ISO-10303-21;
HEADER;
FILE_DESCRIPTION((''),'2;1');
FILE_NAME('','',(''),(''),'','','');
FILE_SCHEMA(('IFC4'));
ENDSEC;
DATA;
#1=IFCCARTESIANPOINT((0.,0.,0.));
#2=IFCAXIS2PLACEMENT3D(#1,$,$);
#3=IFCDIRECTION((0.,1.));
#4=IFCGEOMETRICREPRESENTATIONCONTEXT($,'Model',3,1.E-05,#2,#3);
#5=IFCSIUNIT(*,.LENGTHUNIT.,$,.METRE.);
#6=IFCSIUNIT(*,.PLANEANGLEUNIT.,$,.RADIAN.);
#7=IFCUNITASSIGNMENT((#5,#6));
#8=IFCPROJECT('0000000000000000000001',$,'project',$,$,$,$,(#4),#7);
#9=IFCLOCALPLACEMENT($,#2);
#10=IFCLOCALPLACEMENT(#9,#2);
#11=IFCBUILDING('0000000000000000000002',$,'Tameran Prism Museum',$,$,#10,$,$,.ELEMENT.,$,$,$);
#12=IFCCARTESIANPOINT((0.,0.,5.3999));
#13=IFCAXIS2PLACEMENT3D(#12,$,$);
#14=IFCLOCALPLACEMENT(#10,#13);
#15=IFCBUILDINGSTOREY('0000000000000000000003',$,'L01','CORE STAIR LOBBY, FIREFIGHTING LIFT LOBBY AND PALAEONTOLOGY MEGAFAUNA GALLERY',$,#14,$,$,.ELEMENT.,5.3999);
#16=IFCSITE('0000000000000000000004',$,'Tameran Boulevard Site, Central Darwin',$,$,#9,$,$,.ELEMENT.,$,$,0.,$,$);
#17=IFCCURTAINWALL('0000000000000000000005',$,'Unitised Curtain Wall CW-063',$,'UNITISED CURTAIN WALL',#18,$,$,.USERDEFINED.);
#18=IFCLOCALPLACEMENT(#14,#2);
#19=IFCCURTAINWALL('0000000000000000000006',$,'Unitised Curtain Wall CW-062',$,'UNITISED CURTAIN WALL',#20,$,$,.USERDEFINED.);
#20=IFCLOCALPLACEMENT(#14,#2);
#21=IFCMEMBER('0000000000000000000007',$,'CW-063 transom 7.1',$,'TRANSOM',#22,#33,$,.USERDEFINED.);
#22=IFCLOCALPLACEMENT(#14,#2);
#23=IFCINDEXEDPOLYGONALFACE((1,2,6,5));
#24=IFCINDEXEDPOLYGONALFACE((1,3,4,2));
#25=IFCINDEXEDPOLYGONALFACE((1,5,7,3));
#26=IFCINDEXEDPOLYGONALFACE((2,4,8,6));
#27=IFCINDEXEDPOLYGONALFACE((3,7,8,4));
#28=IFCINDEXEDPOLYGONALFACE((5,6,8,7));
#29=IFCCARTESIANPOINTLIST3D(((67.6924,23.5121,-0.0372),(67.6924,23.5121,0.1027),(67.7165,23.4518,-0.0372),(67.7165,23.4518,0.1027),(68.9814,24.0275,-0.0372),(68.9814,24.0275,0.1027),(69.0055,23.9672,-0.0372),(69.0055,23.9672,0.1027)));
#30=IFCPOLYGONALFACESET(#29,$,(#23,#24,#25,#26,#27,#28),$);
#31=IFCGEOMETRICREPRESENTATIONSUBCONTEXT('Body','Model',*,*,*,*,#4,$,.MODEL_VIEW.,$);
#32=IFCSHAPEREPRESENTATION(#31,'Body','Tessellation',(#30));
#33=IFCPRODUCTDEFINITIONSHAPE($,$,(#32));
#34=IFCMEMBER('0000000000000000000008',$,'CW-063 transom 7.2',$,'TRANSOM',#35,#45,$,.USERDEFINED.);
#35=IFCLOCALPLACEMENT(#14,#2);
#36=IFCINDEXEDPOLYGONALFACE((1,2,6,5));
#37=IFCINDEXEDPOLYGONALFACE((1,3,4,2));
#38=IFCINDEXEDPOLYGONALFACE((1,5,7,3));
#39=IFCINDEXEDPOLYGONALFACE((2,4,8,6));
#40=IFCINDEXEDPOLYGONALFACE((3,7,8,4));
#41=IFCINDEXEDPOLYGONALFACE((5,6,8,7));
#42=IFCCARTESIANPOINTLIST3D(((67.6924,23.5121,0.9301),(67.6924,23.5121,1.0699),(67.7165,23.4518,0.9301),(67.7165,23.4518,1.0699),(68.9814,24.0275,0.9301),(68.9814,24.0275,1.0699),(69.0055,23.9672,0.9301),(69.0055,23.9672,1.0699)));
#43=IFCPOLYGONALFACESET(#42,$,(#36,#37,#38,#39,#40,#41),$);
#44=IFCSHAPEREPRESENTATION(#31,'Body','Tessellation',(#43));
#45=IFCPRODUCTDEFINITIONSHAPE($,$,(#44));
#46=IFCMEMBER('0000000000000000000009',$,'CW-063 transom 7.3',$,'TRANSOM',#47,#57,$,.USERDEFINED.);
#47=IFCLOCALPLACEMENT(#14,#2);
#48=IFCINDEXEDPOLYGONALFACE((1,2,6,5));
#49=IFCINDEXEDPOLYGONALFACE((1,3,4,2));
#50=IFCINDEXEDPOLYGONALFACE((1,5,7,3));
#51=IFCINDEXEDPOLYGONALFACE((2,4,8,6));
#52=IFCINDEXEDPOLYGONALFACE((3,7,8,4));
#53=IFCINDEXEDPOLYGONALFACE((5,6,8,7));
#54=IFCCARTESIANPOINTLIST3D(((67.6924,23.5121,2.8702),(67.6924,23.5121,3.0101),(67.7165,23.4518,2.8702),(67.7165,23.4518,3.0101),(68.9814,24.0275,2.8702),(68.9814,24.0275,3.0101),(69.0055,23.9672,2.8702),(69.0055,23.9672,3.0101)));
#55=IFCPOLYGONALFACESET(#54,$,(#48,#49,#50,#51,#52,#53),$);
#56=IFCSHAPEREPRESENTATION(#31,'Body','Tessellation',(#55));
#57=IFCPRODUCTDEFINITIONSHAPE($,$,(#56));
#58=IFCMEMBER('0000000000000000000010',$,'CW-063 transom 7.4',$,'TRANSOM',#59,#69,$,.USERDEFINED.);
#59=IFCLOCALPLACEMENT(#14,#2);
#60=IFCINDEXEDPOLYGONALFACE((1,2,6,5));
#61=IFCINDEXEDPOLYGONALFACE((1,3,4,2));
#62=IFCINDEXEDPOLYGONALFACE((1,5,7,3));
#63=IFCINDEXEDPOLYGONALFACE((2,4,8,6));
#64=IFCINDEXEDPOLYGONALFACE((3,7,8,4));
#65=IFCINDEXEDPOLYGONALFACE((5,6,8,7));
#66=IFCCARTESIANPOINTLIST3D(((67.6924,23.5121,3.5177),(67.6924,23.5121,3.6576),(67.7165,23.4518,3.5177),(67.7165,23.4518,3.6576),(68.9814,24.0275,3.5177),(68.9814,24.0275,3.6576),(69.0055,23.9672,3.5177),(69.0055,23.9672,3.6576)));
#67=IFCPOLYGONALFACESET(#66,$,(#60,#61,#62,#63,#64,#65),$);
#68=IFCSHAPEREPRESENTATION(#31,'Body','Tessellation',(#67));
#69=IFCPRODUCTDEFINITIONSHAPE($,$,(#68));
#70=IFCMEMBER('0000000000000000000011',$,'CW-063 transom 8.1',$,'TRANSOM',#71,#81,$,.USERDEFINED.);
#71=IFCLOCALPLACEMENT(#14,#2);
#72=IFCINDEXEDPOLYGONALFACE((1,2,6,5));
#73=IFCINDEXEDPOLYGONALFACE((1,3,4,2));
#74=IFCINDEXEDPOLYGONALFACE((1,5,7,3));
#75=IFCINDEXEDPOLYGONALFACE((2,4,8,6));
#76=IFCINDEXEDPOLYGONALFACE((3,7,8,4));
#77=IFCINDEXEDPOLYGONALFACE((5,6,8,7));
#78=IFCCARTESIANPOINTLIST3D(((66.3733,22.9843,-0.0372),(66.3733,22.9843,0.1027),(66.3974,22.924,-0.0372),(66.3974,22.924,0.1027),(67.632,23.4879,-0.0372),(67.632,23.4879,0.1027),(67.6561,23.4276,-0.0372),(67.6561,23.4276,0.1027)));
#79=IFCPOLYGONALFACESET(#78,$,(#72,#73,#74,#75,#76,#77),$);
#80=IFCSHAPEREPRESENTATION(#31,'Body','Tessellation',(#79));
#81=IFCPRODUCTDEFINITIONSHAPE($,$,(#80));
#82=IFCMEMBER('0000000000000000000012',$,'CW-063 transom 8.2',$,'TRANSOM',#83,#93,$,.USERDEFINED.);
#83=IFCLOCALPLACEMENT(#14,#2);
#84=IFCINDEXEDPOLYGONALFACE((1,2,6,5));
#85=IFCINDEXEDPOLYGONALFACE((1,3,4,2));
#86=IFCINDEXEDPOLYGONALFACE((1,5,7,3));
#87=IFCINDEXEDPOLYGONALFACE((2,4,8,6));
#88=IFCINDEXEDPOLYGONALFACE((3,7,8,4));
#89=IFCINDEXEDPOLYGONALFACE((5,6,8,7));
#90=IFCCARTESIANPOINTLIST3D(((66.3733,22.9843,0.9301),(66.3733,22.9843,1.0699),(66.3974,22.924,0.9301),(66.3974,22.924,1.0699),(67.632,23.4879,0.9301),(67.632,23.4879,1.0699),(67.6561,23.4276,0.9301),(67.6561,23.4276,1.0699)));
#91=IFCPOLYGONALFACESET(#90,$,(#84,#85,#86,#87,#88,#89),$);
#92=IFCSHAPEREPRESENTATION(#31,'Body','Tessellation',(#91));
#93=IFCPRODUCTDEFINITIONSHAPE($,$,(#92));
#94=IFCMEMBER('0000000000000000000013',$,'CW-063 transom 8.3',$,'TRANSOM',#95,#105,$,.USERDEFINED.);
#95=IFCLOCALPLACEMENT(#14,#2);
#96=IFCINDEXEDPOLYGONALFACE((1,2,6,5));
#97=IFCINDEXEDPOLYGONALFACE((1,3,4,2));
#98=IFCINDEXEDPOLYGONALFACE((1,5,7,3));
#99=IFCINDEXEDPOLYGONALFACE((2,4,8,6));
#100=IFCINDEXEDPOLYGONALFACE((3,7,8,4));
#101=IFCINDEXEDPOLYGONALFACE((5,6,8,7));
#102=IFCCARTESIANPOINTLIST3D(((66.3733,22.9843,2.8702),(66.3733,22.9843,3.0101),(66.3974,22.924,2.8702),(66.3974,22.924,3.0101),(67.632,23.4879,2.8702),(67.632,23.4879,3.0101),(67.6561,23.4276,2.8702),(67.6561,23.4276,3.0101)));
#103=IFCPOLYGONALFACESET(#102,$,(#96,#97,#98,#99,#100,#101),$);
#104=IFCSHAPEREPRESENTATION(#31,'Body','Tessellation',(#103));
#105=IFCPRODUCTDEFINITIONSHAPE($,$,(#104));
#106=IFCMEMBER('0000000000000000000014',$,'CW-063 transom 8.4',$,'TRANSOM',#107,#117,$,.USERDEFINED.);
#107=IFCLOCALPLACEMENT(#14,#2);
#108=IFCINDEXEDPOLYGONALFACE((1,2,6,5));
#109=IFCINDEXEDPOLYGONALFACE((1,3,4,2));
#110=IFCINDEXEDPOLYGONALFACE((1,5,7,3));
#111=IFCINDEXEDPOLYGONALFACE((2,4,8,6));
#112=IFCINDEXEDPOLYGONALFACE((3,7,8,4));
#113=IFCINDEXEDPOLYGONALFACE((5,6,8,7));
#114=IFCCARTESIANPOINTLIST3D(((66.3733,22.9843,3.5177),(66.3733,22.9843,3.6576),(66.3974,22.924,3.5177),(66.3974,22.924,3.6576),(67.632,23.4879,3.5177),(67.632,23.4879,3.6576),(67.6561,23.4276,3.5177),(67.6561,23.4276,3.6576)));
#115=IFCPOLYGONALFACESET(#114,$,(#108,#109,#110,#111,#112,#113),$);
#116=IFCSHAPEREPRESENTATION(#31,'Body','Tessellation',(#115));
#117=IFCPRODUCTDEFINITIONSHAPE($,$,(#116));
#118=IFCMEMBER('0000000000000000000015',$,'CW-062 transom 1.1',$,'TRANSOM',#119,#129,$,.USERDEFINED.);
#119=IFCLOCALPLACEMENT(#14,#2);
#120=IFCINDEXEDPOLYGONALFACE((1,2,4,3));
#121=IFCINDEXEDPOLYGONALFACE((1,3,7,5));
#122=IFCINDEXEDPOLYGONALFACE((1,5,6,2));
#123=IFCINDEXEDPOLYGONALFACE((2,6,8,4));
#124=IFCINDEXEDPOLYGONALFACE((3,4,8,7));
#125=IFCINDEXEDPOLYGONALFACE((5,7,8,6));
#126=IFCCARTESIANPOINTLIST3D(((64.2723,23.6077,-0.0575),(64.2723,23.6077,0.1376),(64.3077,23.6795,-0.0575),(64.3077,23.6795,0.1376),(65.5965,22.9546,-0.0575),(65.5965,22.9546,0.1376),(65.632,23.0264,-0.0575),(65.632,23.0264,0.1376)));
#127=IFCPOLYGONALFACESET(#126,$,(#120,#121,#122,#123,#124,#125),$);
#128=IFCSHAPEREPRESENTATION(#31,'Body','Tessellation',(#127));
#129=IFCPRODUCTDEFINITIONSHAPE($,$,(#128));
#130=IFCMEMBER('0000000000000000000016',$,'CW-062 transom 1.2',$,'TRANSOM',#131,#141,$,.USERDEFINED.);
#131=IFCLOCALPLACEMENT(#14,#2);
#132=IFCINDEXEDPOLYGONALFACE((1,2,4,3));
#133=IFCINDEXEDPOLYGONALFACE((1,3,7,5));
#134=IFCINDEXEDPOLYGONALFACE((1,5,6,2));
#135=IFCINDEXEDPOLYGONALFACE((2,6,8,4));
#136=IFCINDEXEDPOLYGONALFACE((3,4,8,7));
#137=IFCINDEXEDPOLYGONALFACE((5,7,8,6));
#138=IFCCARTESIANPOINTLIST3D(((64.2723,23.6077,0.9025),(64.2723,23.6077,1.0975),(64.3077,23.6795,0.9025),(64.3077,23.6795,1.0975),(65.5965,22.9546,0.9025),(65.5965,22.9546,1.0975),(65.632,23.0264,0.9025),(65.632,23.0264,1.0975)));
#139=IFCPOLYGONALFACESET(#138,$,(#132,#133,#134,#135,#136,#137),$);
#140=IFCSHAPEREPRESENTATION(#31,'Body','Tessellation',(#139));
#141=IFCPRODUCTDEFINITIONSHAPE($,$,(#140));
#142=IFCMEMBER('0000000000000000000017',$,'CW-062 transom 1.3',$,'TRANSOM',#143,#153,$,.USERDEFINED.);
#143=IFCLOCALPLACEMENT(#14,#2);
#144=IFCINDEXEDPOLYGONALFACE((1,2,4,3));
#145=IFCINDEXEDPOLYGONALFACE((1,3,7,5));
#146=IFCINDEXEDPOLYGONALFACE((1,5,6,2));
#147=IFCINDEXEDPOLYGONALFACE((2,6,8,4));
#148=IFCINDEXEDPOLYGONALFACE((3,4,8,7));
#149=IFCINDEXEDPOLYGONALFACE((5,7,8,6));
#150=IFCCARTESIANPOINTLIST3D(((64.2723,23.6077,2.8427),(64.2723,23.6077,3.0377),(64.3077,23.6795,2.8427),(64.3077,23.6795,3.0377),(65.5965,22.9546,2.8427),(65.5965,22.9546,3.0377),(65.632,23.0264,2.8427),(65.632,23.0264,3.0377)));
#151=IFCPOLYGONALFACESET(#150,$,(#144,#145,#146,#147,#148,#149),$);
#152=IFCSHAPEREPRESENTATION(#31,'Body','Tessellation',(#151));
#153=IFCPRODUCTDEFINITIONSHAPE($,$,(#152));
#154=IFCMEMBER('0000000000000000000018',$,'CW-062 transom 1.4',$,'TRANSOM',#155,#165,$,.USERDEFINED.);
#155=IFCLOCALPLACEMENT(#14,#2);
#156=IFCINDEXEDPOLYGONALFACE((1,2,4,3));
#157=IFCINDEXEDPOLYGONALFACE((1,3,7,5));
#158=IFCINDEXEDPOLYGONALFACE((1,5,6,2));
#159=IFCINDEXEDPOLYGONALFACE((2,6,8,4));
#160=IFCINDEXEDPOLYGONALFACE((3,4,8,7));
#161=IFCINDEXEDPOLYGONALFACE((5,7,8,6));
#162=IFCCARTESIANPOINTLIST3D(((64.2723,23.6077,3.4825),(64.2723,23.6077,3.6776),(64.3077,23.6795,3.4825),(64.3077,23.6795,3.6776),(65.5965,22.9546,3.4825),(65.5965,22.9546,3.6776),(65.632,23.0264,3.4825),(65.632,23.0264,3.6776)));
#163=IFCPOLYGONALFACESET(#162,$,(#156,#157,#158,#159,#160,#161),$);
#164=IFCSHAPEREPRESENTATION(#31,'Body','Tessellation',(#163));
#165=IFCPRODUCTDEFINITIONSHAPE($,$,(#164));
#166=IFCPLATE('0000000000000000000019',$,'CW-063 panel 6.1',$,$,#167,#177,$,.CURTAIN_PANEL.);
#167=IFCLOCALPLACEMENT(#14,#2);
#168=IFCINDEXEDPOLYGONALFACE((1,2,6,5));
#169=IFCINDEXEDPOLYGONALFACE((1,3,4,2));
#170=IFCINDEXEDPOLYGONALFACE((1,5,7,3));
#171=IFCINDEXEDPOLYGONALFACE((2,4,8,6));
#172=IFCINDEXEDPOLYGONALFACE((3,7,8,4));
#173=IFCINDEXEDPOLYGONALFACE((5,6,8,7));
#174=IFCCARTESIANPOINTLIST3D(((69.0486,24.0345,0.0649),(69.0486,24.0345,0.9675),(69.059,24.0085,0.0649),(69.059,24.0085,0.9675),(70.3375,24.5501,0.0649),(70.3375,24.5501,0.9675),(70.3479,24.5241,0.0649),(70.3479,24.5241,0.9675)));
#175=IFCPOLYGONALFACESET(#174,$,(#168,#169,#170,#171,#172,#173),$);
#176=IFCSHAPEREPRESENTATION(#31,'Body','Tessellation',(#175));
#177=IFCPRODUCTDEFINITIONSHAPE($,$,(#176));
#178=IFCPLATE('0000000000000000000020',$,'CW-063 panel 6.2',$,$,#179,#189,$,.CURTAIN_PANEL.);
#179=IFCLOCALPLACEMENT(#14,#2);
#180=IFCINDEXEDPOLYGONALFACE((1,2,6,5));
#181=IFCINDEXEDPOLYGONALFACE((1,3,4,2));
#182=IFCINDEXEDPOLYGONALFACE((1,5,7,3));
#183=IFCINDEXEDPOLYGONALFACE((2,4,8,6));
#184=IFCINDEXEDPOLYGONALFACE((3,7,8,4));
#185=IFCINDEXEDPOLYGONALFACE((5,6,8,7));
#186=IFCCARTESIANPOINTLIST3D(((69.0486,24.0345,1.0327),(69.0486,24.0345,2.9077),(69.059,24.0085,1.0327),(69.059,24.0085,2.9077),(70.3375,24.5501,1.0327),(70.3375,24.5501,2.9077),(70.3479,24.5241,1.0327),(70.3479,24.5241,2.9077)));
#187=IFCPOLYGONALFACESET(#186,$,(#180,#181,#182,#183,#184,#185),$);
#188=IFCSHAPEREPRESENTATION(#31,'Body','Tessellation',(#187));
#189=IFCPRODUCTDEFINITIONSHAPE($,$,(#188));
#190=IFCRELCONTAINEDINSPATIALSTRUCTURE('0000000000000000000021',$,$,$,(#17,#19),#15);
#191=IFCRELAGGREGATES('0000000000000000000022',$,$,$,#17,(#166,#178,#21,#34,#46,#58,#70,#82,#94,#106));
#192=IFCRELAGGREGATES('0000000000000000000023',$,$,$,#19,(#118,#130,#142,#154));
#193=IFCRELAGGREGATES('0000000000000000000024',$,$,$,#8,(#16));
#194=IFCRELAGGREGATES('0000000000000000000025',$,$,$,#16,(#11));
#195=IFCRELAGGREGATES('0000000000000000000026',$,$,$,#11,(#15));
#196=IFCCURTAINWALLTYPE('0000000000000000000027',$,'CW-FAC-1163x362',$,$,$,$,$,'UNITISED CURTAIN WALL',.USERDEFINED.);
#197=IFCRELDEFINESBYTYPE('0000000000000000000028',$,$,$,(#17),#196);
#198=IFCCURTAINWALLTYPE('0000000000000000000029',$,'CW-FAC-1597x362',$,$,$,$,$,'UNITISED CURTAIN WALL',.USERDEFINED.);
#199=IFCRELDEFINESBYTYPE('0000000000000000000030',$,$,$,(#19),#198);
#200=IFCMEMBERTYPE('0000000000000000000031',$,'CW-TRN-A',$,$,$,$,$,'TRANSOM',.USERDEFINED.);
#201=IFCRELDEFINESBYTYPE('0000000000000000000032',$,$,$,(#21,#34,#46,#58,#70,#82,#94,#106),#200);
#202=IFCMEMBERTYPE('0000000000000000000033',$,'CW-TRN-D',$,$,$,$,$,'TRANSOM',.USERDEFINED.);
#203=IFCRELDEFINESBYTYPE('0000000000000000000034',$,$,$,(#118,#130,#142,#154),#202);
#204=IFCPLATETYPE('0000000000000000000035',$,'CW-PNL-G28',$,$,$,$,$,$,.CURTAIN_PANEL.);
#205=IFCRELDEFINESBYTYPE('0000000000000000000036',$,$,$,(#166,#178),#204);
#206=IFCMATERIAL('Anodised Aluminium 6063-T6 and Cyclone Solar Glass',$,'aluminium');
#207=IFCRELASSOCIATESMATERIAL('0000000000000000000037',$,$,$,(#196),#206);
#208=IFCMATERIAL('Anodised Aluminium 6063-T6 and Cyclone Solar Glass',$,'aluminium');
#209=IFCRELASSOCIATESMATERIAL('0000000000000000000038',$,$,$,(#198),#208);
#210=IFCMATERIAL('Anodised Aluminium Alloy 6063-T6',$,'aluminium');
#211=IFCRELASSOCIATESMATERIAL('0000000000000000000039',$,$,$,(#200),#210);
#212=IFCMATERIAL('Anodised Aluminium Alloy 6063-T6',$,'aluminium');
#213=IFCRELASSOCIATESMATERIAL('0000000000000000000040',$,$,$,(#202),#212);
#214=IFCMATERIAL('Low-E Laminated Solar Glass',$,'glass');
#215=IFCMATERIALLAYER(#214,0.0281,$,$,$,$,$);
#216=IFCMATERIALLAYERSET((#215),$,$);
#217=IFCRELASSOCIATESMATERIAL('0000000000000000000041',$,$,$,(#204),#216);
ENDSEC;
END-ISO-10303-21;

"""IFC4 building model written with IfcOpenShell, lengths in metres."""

from ifc_helpers import new_model, si_unit, direction, frame, origin, origin_2d, place, context, subcontext, project, spatial, rectangle, extrude, material, layer, layer_set, material_profile, profile_set, type_object, element, aggregate, save


model = new_model("IFC4")

# Units and contexts
model_context = context("Model", 3, precision=1e-05, world=origin(), true_north=direction((0.0, 1.0)))
body_context = subcontext(model_context, "Body", "Model", "MODEL_VIEW")
ifc_project = project(units=[si_unit("LENGTHUNIT", "METRE"), si_unit("PLANEANGLEUNIT", "RADIAN")], contexts=[model_context])

# Site, building, storey
site_placement = place(None, origin())
site = spatial("IfcSite", under=ifc_project, at=site_placement, Name="Tameran Boulevard Site, Central Darwin", CompositionType="ELEMENT", RefElevation=0.0)
building_placement = place(site_placement, origin())
building = spatial("IfcBuilding", under=site, at=building_placement, Name="Tameran Prism Museum", CompositionType="ELEMENT")
storey_placement = place(building_placement, frame((0.0, 0.0, 5.3999)))
storey = spatial("IfcBuildingStorey", under=building, at=storey_placement, Name="L01", Description="CORE STAIR LOBBY, FIREFIGHTING LIFT LOBBY AND PALAEONTOLOGY MEGAFAUNA GALLERY", CompositionType="ELEMENT", Elevation=5.3999)

# Curtain walls
ifc_material_1 = material(Name="Anodised Aluminium 6063-T6 and Cyclone Solar Glass", Category="aluminium")
curtain_wall_type_1 = type_object("IfcCurtainWallType", Name="CW-FAC-1163x362", ElementType="UNITISED CURTAIN WALL", PredefinedType="USERDEFINED", material=ifc_material_1)
curtain_wall_1_placement = place(storey_placement, origin())
curtain_wall_1 = element("IfcCurtainWall", 1, at=curtain_wall_1_placement, inside=storey, type_object=curtain_wall_type_1, Name="Unitised Curtain Wall CW-063", ObjectType="UNITISED CURTAIN WALL", PredefinedType="USERDEFINED")
ifc_material_2 = material(Name="Anodised Aluminium 6063-T6 and Cyclone Solar Glass", Category="aluminium")
curtain_wall_type_2 = type_object("IfcCurtainWallType", Name="CW-FAC-1597x362", ElementType="UNITISED CURTAIN WALL", PredefinedType="USERDEFINED", material=ifc_material_2)
curtain_wall_2_placement = place(storey_placement, origin())
curtain_wall_2 = element("IfcCurtainWall", 2, at=curtain_wall_2_placement, inside=storey, type_object=curtain_wall_type_2, Name="Unitised Curtain Wall CW-062", ObjectType="UNITISED CURTAIN WALL", PredefinedType="USERDEFINED")

# Members
ifc_material_3 = material(Name="Anodised Aluminium Alloy 6063-T6", Category="aluminium")
ifc_material_profile_1 = material_profile(ifc_material_3, rectangle(XDim=0.0649, YDim=0.1399, at=origin_2d()))
ifc_profile_set_1 = profile_set([ifc_material_profile_1])
member_type_1 = type_object("IfcMemberType", Name="CW-TRN-A", ElementType="TRANSOM", PredefinedType="USERDEFINED", material=ifc_profile_set_1)
member_1_placement = place(storey_placement, frame((68.9934, 23.9973, 0.0327), z_axis=(-0.928537, -0.371239, 0.0), x_axis=(0.371239, -0.928537, 0.0)))
member_1 = element("IfcMember", 3, at=member_1_placement, type_object=member_type_1, Name="CW-063 transom 7.1", ObjectType="TRANSOM", PredefinedType="USERDEFINED", context=body_context, shape_type="SweptSolid", body=[
    extrude(rectangle(XDim=0.0649, YDim=0.1399, at=origin_2d()), origin(), (0.0, 0.0, 1.0), 1.3882),
])
member_2_placement = place(storey_placement, frame((68.9934, 23.9973, 1.0), z_axis=(-0.928537, -0.371239, 0.0), x_axis=(0.371239, -0.928537, 0.0)))
member_2 = element("IfcMember", 4, at=member_2_placement, type_object=member_type_1, Name="CW-063 transom 7.2", ObjectType="TRANSOM", PredefinedType="USERDEFINED", context=body_context, shape_type="SweptSolid", body=[
    extrude(rectangle(XDim=0.0649, YDim=0.1399, at=origin_2d()), origin(), (0.0, 0.0, 1.0), 1.3882),
])
member_3_placement = place(storey_placement, frame((68.9934, 23.9973, 2.9402), z_axis=(-0.928537, -0.371239, 0.0), x_axis=(0.371239, -0.928537, 0.0)))
member_3 = element("IfcMember", 5, at=member_3_placement, type_object=member_type_1, Name="CW-063 transom 7.3", ObjectType="TRANSOM", PredefinedType="USERDEFINED", context=body_context, shape_type="SweptSolid", body=[
    extrude(rectangle(XDim=0.0649, YDim=0.1399, at=origin_2d()), origin(), (0.0, 0.0, 1.0), 1.3882),
])
member_4_placement = place(storey_placement, frame((68.9934, 23.9973, 3.5876), z_axis=(-0.928537, -0.371239, 0.0), x_axis=(0.371239, -0.928537, 0.0)))
member_4 = element("IfcMember", 6, at=member_4_placement, type_object=member_type_1, Name="CW-063 transom 7.4", ObjectType="TRANSOM", PredefinedType="USERDEFINED", context=body_context, shape_type="SweptSolid", body=[
    extrude(rectangle(XDim=0.0649, YDim=0.1399, at=origin_2d()), origin(), (0.0, 0.0, 1.0), 1.3882),
])
member_5_placement = place(storey_placement, frame((67.644, 23.4578, 0.0327), z_axis=(-0.928439, -0.371484, 0.0), x_axis=(0.371484, -0.928439, 0.0)))
member_5 = element("IfcMember", 7, at=member_5_placement, type_object=member_type_1, Name="CW-063 transom 8.1", ObjectType="TRANSOM", PredefinedType="USERDEFINED", context=body_context, shape_type="SweptSolid", body=[
    extrude(rectangle(XDim=0.0649, YDim=0.1399, at=origin_2d()), origin(), (0.0, 0.0, 1.0), 1.3557),
])
member_6_placement = place(storey_placement, frame((67.644, 23.4578, 1.0), z_axis=(-0.928439, -0.371484, 0.0), x_axis=(0.371484, -0.928439, 0.0)))
member_6 = element("IfcMember", 8, at=member_6_placement, type_object=member_type_1, Name="CW-063 transom 8.2", ObjectType="TRANSOM", PredefinedType="USERDEFINED", context=body_context, shape_type="SweptSolid", body=[
    extrude(rectangle(XDim=0.0649, YDim=0.1399, at=origin_2d()), origin(), (0.0, 0.0, 1.0), 1.3557),
])
member_7_placement = place(storey_placement, frame((67.644, 23.4578, 2.9402), z_axis=(-0.928439, -0.371484, 0.0), x_axis=(0.371484, -0.928439, 0.0)))
member_7 = element("IfcMember", 9, at=member_7_placement, type_object=member_type_1, Name="CW-063 transom 8.3", ObjectType="TRANSOM", PredefinedType="USERDEFINED", context=body_context, shape_type="SweptSolid", body=[
    extrude(rectangle(XDim=0.0649, YDim=0.1399, at=origin_2d()), origin(), (0.0, 0.0, 1.0), 1.3557),
])
member_8_placement = place(storey_placement, frame((67.644, 23.4578, 3.5876), z_axis=(-0.928439, -0.371484, 0.0), x_axis=(0.371484, -0.928439, 0.0)))
member_8 = element("IfcMember", 10, at=member_8_placement, type_object=member_type_1, Name="CW-063 transom 8.4", ObjectType="TRANSOM", PredefinedType="USERDEFINED", context=body_context, shape_type="SweptSolid", body=[
    extrude(rectangle(XDim=0.0649, YDim=0.1399, at=origin_2d()), origin(), (0.0, 0.0, 1.0), 1.3557),
])
ifc_material_4 = material(Name="Anodised Aluminium Alloy 6063-T6", Category="aluminium")
ifc_material_profile_2 = material_profile(ifc_material_4, rectangle(XDim=0.0801, YDim=0.1951, at=origin_2d()))
ifc_profile_set_2 = profile_set([ifc_material_profile_2])
member_type_2 = type_object("IfcMemberType", Name="CW-TRN-D", ElementType="TRANSOM", PredefinedType="USERDEFINED", material=ifc_profile_set_2)
member_9_placement = place(storey_placement, frame((65.6143, 22.9905, 0.04), z_axis=(-0.896861, 0.442313, 0.0), x_axis=(-0.442313, -0.896861, 0.0)))
member_9 = element("IfcMember", 11, at=member_9_placement, type_object=member_type_2, Name="CW-062 transom 1.1", ObjectType="TRANSOM", PredefinedType="USERDEFINED", context=body_context, shape_type="SweptSolid", body=[
    extrude(rectangle(XDim=0.0801, YDim=0.1951, at=origin_2d()), origin(), (0.0, 0.0, 1.0), 1.4766),
])
member_10_placement = place(storey_placement, frame((65.6143, 22.9905, 1.0), z_axis=(-0.896861, 0.442313, 0.0), x_axis=(-0.442313, -0.896861, 0.0)))
member_10 = element("IfcMember", 12, at=member_10_placement, type_object=member_type_2, Name="CW-062 transom 1.2", ObjectType="TRANSOM", PredefinedType="USERDEFINED", context=body_context, shape_type="SweptSolid", body=[
    extrude(rectangle(XDim=0.0801, YDim=0.1951, at=origin_2d()), origin(), (0.0, 0.0, 1.0), 1.4766),
])
member_11_placement = place(storey_placement, frame((65.6143, 22.9905, 2.9402), z_axis=(-0.896861, 0.442313, 0.0), x_axis=(-0.442313, -0.896861, 0.0)))
member_11 = element("IfcMember", 13, at=member_11_placement, type_object=member_type_2, Name="CW-062 transom 1.3", ObjectType="TRANSOM", PredefinedType="USERDEFINED", context=body_context, shape_type="SweptSolid", body=[
    extrude(rectangle(XDim=0.0801, YDim=0.1951, at=origin_2d()), origin(), (0.0, 0.0, 1.0), 1.4766),
])
member_12_placement = place(storey_placement, frame((65.6143, 22.9905, 3.5801), z_axis=(-0.896861, 0.442313, 0.0), x_axis=(-0.442313, -0.896861, 0.0)))
member_12 = element("IfcMember", 14, at=member_12_placement, type_object=member_type_2, Name="CW-062 transom 1.4", ObjectType="TRANSOM", PredefinedType="USERDEFINED", context=body_context, shape_type="SweptSolid", body=[
    extrude(rectangle(XDim=0.0801, YDim=0.1951, at=origin_2d()), origin(), (0.0, 0.0, 1.0), 1.4766),
])

# Plates
ifc_material_5 = material(Name="Low-E Laminated Solar Glass", Category="glass")
ifc_layer_1 = layer(ifc_material_5, 0.0281)
ifc_layer_set_1 = layer_set([ifc_layer_1])
plate_type_1 = type_object("IfcPlateType", Name="CW-PNL-G28", PredefinedType="CURTAIN_PANEL", material=ifc_layer_set_1)
plate_1_placement = place(storey_placement, frame((69.6982, 24.2793, 0.0649), z_axis=(0.0, 0.0, 1.0), x_axis=(-0.928465, -0.37142, 0.0)))
plate_1 = element("IfcPlate", 15, at=plate_1_placement, type_object=plate_type_1, Name="CW-063 panel 6.1", PredefinedType="CURTAIN_PANEL", context=body_context, shape_type="SweptSolid", body=[
    extrude(rectangle(XDim=1.3882, YDim=0.0281, at=origin_2d()), origin(), (0.0, 0.0, 1.0), 0.9026),
])
plate_2_placement = place(storey_placement, frame((69.6982, 24.2793, 1.0327), z_axis=(0.0, 0.0, 1.0), x_axis=(-0.928465, -0.37142, 0.0)))
plate_2 = element("IfcPlate", 16, at=plate_2_placement, type_object=plate_type_1, Name="CW-063 panel 6.2", PredefinedType="CURTAIN_PANEL", context=body_context, shape_type="SweptSolid", body=[
    extrude(rectangle(XDim=1.3882, YDim=0.0281, at=origin_2d()), origin(), (0.0, 0.0, 1.0), 1.875),
])
aggregate(curtain_wall_1, [plate_1, plate_2, member_1, member_2, member_3, member_4, member_5, member_6, member_7, member_8])
aggregate(curtain_wall_2, [member_9, member_10, member_11, member_12])

save(model, "model.ifc")
